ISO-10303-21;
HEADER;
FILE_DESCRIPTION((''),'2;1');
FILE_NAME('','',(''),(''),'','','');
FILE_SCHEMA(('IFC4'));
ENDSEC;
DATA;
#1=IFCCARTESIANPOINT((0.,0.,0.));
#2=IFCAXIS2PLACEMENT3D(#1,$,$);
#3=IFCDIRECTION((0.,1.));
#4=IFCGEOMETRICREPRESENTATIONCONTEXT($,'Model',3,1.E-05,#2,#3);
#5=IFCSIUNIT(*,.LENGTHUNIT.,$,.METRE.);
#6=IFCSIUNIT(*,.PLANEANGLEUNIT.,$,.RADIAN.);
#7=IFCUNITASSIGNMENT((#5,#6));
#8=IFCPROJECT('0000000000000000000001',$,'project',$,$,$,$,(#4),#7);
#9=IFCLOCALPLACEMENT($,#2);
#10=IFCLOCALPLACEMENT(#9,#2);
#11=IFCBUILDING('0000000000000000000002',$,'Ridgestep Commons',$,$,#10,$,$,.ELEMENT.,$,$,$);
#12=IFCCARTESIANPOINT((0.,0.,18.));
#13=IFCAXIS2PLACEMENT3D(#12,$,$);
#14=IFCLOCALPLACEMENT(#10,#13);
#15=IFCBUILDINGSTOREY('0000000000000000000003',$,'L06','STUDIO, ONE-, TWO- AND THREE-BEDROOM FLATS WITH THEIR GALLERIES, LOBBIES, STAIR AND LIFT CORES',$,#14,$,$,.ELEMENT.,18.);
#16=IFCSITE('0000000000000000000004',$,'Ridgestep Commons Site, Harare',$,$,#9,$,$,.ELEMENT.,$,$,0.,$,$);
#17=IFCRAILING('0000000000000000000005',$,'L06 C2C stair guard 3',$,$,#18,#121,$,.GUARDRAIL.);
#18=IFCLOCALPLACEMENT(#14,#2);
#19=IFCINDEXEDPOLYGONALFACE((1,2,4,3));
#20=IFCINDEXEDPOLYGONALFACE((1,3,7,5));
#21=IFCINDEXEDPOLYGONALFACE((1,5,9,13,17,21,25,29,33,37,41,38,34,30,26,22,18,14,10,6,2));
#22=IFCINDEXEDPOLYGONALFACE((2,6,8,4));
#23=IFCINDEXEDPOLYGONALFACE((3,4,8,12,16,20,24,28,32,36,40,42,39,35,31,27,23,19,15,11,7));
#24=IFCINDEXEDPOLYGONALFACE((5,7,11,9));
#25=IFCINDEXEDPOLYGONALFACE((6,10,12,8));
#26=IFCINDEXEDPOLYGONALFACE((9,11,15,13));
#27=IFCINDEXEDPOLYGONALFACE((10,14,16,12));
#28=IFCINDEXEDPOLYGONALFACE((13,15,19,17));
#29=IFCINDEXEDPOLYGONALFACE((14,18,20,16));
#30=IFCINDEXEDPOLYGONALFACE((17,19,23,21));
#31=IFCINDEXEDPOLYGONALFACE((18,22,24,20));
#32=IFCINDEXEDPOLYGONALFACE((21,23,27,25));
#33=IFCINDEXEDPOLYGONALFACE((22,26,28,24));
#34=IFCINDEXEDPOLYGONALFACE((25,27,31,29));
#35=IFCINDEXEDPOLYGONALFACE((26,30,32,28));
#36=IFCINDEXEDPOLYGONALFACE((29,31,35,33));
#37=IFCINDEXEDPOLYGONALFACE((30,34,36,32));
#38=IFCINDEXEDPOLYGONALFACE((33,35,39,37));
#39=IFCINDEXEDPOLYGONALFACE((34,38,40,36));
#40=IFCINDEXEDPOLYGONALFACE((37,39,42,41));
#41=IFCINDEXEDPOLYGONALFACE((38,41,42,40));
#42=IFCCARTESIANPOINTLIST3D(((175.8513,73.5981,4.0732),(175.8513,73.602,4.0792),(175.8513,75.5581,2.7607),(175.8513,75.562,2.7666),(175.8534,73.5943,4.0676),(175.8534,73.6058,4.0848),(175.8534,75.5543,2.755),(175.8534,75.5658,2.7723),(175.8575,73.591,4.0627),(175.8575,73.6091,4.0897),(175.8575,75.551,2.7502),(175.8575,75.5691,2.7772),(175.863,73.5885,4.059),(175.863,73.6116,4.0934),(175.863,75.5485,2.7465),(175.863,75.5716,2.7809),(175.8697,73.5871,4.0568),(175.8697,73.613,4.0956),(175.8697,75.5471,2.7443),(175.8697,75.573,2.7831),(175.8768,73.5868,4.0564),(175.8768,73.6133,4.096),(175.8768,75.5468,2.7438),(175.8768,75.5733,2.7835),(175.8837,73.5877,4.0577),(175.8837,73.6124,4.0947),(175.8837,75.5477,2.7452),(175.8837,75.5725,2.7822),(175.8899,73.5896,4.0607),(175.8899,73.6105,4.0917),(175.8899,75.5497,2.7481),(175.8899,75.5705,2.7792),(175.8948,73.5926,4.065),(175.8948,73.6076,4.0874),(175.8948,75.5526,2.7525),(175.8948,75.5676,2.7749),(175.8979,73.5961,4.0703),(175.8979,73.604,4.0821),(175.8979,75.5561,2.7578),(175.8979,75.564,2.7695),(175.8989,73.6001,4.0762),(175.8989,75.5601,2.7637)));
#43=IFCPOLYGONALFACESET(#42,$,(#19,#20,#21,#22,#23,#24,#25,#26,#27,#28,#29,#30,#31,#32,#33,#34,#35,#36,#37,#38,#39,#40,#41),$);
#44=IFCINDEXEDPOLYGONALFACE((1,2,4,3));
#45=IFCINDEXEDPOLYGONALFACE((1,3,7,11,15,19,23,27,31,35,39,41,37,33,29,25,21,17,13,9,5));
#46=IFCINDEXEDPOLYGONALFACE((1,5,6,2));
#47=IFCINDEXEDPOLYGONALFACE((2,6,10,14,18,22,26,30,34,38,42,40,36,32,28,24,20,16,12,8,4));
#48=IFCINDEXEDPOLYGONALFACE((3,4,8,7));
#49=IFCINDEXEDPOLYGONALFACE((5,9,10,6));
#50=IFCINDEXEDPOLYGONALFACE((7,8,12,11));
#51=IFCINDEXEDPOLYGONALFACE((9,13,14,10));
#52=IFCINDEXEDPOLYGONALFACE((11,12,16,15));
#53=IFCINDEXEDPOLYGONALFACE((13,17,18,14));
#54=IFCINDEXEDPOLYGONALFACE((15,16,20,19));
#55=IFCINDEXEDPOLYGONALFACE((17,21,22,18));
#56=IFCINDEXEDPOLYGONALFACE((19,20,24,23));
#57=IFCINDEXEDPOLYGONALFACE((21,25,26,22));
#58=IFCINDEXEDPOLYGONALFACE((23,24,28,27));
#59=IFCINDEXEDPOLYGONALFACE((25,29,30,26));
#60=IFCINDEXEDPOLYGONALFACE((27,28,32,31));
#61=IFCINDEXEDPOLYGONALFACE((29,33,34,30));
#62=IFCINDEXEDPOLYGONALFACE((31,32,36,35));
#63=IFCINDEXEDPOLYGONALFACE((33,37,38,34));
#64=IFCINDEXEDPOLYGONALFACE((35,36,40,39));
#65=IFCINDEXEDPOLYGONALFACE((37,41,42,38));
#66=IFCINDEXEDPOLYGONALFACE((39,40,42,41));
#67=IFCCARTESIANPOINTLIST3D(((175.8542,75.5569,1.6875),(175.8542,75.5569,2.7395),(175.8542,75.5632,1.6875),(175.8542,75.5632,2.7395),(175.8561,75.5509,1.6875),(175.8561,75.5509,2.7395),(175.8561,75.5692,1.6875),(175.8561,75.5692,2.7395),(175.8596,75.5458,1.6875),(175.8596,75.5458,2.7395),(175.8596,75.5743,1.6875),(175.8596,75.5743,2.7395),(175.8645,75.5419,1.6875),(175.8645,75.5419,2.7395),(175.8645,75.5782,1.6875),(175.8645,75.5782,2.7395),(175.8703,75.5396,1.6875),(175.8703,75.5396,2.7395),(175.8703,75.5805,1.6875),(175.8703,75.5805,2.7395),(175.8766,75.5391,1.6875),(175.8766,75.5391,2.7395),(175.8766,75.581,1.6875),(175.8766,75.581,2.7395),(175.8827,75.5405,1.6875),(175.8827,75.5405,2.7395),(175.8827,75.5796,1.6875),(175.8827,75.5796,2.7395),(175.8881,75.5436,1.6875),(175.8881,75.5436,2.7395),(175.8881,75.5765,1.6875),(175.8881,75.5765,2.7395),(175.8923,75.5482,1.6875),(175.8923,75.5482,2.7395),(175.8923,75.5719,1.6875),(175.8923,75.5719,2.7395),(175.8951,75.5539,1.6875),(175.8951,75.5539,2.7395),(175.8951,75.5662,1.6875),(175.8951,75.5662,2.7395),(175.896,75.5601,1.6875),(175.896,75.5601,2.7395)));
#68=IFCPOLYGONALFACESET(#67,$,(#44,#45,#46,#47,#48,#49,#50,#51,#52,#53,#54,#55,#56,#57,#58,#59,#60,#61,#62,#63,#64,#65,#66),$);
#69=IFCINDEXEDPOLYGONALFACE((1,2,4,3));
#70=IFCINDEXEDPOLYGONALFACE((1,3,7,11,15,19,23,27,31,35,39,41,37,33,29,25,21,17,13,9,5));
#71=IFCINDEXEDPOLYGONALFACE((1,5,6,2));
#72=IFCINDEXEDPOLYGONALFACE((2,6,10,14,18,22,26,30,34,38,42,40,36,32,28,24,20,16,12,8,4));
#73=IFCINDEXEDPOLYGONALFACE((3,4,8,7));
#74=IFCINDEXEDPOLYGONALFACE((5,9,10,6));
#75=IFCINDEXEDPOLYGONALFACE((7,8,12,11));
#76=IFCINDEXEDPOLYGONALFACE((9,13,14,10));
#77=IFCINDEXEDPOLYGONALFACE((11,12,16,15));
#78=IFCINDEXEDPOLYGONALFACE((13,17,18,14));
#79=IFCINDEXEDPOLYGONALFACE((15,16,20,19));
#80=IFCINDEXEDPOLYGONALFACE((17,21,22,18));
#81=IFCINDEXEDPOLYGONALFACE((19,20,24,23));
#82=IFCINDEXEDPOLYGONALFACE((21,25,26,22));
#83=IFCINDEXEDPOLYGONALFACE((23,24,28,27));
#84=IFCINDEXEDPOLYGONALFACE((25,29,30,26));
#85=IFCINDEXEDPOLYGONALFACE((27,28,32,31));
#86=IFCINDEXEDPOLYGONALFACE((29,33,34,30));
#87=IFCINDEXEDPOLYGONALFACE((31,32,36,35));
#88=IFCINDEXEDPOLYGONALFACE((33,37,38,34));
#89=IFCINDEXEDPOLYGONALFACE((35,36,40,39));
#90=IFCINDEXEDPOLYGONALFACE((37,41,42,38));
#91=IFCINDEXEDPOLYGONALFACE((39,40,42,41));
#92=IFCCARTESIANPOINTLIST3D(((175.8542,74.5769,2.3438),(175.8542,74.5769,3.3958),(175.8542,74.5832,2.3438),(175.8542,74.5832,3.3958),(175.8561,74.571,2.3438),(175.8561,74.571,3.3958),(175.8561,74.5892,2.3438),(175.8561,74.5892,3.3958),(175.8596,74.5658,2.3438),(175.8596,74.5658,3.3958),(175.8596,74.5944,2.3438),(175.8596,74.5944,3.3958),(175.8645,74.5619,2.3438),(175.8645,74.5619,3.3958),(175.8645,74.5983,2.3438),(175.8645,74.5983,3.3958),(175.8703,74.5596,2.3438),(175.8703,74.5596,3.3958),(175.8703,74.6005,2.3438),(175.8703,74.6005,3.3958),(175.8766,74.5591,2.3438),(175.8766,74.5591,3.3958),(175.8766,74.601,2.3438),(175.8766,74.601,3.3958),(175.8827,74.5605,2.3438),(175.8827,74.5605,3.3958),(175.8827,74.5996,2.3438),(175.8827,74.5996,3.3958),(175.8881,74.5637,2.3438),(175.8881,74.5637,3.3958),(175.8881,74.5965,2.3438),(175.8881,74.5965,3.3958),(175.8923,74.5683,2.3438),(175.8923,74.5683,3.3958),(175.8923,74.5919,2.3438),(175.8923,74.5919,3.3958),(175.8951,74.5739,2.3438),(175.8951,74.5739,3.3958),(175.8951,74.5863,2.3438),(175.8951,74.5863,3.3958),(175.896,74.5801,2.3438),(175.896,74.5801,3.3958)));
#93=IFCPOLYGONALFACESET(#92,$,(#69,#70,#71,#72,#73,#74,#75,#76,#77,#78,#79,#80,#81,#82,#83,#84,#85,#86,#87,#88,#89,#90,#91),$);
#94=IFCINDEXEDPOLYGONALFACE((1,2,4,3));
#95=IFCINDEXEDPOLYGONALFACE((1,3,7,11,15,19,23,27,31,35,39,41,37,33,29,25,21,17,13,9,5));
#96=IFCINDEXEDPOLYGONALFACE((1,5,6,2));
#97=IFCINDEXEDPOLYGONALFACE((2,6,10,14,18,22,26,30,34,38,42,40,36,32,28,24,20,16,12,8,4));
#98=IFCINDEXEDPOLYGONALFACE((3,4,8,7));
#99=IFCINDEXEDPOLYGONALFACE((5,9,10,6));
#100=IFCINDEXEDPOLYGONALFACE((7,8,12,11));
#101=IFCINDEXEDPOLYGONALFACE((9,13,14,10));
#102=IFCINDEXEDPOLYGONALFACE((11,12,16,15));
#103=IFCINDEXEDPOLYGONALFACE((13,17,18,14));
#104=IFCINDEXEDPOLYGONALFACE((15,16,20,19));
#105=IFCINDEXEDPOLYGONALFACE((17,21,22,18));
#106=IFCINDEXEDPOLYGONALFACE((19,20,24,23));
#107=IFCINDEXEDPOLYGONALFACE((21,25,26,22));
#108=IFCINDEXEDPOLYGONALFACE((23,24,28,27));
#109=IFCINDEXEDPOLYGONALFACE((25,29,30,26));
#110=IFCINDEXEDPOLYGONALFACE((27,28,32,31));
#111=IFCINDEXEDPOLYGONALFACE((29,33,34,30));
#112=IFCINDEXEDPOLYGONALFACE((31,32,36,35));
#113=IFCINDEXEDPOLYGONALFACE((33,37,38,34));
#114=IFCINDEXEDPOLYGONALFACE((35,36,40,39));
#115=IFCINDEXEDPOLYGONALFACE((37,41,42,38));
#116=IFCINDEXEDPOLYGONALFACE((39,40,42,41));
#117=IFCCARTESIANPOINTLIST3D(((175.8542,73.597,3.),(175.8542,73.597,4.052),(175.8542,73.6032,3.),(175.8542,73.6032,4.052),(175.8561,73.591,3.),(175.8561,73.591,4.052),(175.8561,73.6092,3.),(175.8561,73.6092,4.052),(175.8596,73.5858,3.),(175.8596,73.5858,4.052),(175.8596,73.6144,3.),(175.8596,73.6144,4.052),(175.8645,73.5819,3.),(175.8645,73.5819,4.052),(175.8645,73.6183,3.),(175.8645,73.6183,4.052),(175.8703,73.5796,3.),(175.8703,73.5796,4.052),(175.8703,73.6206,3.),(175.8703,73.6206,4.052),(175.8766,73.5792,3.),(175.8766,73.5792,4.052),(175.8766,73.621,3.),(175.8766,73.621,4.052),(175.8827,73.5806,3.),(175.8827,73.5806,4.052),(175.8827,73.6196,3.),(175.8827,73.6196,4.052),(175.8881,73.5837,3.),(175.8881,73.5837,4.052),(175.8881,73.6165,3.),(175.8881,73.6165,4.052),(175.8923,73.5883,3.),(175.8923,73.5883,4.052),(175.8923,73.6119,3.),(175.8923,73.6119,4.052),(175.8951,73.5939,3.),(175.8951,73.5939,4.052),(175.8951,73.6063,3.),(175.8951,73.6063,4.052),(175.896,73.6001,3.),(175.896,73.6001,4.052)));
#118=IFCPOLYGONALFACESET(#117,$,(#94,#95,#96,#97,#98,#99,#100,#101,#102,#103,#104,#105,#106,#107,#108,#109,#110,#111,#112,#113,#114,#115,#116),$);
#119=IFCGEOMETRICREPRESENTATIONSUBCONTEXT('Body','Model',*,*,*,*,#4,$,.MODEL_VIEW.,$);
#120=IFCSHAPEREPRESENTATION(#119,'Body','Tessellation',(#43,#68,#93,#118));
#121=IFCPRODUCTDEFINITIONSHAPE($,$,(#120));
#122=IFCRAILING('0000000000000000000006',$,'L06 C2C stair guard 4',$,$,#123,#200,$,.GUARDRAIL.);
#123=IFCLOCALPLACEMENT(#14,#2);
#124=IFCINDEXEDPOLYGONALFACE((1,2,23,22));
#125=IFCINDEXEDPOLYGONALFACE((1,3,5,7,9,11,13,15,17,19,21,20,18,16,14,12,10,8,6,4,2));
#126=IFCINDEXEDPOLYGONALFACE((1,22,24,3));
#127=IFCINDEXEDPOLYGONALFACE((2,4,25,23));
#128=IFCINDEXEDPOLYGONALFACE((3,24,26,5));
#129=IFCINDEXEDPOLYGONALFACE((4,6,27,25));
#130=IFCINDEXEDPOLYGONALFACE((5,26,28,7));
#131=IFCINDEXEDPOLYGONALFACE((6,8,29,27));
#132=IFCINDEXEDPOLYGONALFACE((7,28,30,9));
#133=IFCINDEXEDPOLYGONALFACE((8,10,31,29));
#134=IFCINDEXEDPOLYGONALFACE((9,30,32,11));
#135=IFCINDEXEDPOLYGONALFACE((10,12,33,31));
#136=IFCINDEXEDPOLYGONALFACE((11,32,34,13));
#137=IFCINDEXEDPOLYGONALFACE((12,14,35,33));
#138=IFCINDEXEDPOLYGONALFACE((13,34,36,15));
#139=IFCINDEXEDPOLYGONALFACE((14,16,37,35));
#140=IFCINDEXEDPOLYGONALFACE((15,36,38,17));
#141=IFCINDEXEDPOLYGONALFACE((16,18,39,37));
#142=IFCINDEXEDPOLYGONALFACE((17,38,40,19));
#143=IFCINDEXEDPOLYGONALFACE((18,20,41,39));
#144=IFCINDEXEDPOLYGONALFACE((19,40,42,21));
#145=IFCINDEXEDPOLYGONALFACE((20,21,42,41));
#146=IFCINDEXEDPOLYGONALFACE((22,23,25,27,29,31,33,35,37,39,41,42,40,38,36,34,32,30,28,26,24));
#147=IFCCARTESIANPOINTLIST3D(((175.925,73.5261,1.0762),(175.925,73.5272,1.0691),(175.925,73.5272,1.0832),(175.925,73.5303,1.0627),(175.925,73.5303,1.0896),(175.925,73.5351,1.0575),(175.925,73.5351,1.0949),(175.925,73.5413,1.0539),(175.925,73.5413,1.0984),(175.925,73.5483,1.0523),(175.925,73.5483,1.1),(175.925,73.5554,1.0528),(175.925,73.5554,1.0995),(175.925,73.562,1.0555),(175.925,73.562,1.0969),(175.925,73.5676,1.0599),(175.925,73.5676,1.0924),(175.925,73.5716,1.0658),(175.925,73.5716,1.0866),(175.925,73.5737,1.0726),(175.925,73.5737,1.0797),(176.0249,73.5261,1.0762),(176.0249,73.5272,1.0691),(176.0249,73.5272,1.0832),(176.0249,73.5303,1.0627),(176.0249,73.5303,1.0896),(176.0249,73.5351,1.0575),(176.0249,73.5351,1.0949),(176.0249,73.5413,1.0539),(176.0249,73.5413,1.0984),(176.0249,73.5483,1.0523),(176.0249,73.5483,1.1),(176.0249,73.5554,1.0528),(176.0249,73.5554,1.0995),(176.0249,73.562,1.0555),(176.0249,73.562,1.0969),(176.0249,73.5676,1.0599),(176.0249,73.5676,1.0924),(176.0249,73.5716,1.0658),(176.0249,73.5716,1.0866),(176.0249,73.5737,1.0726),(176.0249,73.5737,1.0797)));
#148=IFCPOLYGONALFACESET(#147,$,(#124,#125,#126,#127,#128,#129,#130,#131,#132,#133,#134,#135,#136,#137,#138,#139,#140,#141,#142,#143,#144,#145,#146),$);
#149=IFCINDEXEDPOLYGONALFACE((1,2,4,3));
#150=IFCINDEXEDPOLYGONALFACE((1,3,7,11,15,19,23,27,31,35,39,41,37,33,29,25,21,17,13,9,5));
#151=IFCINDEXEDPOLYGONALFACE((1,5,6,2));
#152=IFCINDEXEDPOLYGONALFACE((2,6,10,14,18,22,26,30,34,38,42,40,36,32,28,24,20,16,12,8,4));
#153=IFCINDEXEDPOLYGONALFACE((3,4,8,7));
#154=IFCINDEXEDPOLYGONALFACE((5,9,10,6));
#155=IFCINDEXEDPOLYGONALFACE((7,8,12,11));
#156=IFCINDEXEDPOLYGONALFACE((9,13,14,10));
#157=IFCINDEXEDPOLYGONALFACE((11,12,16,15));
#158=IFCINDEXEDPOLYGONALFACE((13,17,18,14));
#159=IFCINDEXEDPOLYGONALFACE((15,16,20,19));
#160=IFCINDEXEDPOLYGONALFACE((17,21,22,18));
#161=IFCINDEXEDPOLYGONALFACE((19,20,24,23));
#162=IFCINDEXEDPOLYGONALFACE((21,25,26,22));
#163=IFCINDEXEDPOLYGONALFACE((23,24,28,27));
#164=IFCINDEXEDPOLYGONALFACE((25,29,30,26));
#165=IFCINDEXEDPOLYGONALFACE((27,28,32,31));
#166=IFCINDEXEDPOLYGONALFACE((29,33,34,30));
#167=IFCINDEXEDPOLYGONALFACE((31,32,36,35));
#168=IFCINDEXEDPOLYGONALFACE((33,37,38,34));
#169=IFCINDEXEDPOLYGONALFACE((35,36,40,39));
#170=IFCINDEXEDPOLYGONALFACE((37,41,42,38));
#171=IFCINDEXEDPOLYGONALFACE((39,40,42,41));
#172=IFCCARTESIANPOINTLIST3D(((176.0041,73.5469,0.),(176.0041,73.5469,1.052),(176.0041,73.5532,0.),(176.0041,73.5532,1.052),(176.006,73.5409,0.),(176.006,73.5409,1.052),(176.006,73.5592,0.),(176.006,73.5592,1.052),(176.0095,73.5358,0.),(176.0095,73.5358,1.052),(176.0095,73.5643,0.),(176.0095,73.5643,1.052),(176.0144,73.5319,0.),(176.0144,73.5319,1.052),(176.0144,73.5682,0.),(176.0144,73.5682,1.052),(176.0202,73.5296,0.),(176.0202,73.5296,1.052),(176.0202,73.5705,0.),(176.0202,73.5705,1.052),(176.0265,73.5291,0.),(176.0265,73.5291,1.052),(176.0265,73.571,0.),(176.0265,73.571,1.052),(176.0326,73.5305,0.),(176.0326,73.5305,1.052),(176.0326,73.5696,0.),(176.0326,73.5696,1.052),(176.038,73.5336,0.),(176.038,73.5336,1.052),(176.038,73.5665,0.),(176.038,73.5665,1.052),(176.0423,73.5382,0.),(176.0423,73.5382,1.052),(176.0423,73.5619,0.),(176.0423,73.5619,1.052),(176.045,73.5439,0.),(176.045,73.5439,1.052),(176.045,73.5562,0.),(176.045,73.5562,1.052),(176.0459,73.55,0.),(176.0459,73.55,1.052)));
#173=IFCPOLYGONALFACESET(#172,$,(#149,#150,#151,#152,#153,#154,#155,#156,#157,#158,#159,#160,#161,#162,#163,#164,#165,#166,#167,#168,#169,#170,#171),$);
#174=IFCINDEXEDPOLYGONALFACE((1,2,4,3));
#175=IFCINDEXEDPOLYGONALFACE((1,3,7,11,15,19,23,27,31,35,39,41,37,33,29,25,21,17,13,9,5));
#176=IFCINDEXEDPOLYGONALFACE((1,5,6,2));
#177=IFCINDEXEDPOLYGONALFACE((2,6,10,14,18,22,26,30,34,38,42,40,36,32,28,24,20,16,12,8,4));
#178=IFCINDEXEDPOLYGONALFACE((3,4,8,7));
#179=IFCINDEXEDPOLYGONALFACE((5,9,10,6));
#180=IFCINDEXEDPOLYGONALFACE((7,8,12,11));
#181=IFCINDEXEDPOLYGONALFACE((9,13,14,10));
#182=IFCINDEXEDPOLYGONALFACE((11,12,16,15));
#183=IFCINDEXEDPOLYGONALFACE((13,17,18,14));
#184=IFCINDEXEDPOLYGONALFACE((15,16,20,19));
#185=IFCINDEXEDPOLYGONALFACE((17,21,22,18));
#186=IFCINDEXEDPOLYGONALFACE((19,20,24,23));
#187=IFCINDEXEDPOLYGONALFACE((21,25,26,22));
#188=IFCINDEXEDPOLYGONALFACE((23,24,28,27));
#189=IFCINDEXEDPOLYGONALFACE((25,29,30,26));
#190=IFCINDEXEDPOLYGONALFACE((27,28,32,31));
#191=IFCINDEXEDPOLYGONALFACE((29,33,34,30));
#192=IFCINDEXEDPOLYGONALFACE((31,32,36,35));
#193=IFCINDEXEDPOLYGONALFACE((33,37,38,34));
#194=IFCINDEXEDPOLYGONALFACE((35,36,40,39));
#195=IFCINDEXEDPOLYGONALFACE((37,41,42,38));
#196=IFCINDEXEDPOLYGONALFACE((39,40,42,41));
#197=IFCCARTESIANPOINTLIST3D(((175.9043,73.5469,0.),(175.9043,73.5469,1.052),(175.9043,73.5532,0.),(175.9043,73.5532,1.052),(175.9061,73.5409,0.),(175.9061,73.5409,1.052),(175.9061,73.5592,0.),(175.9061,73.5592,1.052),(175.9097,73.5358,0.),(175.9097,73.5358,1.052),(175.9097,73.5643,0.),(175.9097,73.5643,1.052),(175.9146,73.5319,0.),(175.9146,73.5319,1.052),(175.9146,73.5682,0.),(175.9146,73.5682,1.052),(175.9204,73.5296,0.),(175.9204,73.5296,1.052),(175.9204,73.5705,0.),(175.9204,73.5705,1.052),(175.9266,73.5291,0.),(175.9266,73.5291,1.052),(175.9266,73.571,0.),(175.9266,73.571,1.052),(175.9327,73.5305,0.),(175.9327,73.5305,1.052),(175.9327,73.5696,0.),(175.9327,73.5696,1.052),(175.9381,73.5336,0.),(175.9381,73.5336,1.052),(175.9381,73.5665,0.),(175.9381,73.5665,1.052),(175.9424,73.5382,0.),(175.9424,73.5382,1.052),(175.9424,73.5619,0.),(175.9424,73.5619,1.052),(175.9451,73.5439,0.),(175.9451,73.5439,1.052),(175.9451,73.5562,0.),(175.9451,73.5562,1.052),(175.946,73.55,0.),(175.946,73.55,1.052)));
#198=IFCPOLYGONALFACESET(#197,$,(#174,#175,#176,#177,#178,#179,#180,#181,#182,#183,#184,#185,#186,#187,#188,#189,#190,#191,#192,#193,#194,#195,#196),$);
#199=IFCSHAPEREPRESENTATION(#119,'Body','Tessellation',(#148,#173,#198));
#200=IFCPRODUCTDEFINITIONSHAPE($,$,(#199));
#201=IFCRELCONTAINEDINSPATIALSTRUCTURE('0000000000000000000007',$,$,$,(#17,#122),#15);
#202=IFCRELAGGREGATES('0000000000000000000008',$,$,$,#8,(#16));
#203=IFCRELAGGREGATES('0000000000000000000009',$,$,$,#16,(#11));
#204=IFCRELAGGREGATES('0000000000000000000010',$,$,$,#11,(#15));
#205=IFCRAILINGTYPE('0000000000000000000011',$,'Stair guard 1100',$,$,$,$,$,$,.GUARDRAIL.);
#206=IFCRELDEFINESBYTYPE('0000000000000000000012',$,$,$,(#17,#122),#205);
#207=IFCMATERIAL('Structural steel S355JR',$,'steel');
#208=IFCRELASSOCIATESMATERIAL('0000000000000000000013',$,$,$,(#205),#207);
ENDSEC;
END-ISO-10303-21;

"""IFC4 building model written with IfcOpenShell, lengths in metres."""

from ifc_helpers import new_model, si_unit, direction, frame, origin, origin_2d, place, context, subcontext, project, spatial, circle, extrude, material, type_object, element, save


model = new_model("IFC4")

# Units and contexts
model_context = context("Model", 3, precision=1e-05, world=origin(), true_north=direction((0.0, 1.0)))
body_context = subcontext(model_context, "Body", "Model", "MODEL_VIEW")
ifc_project = project(units=[si_unit("LENGTHUNIT", "METRE"), si_unit("PLANEANGLEUNIT", "RADIAN")], contexts=[model_context])

# Site, building, storey
site_placement = place(None, origin())
site = spatial("IfcSite", under=ifc_project, at=site_placement, Name="Ridgestep Commons Site, Harare", CompositionType="ELEMENT", RefElevation=0.0)
building_placement = place(site_placement, origin())
building = spatial("IfcBuilding", under=site, at=building_placement, Name="Ridgestep Commons", CompositionType="ELEMENT")
storey_placement = place(building_placement, frame((0.0, 0.0, 18.0)))
storey = spatial("IfcBuildingStorey", under=building, at=storey_placement, Name="L06", Description="STUDIO, ONE-, TWO- AND THREE-BEDROOM FLATS WITH THEIR GALLERIES, LOBBIES, STAIR AND LIFT CORES", CompositionType="ELEMENT", Elevation=18.0)

# Railings
ifc_material_1 = material(Name="Structural steel S355JR", Category="steel")
railing_type_1 = type_object("IfcRailingType", Name="Stair guard 1100", PredefinedType="GUARDRAIL", material=ifc_material_1)
railing_1_placement = place(storey_placement, frame((175.875, 75.5601, 1.6875)))
element("IfcRailing", 1, at=railing_1_placement, inside=storey, type_object=railing_type_1, Name="L06 C2C stair guard 3", PredefinedType="GUARDRAIL", context=body_context, shape_type="SweptSolid", body=[
    extrude(circle(Radius=0.0239, at=origin_2d()), frame((0.0, 0.0, 1.0762), z_axis=(0.0, -0.830902, 0.556419), x_axis=(1.0, 0.0, 0.0)), (0.0, 0.0, 1.0), 2.3589),
    extrude(circle(Radius=0.021, at=origin_2d()), origin(), (0.0, 0.0, 1.0), 1.052),
    extrude(circle(Radius=0.021, at=origin_2d()), frame((0.0, -0.98, 0.6562)), (0.0, 0.0, 1.0), 1.052),
    extrude(circle(Radius=0.021, at=origin_2d()), frame((0.0, -1.96, 1.3125)), (0.0, 0.0, 1.0), 1.052),
])
railing_2_placement = place(storey_placement, frame((176.0249, 73.55, 0.0)))
element("IfcRailing", 2, at=railing_2_placement, inside=storey, type_object=railing_type_1, Name="L06 C2C stair guard 4", PredefinedType="GUARDRAIL", context=body_context, shape_type="SweptSolid", body=[
    extrude(circle(Radius=0.0239, at=origin_2d()), frame((0.0, 0.0, 1.0762), z_axis=(-1.0, 0.0, 0.0), x_axis=(0.0, -1.0, 0.0)), (0.0, 0.0, 1.0), 0.0999),
    extrude(circle(Radius=0.021, at=origin_2d()), origin(), (0.0, 0.0, 1.0), 1.052),
    extrude(circle(Radius=0.021, at=origin_2d()), frame((-0.0999, 0.0, 0.0)), (0.0, 0.0, 1.0), 1.052),
])

save(model, "model.ifc")
